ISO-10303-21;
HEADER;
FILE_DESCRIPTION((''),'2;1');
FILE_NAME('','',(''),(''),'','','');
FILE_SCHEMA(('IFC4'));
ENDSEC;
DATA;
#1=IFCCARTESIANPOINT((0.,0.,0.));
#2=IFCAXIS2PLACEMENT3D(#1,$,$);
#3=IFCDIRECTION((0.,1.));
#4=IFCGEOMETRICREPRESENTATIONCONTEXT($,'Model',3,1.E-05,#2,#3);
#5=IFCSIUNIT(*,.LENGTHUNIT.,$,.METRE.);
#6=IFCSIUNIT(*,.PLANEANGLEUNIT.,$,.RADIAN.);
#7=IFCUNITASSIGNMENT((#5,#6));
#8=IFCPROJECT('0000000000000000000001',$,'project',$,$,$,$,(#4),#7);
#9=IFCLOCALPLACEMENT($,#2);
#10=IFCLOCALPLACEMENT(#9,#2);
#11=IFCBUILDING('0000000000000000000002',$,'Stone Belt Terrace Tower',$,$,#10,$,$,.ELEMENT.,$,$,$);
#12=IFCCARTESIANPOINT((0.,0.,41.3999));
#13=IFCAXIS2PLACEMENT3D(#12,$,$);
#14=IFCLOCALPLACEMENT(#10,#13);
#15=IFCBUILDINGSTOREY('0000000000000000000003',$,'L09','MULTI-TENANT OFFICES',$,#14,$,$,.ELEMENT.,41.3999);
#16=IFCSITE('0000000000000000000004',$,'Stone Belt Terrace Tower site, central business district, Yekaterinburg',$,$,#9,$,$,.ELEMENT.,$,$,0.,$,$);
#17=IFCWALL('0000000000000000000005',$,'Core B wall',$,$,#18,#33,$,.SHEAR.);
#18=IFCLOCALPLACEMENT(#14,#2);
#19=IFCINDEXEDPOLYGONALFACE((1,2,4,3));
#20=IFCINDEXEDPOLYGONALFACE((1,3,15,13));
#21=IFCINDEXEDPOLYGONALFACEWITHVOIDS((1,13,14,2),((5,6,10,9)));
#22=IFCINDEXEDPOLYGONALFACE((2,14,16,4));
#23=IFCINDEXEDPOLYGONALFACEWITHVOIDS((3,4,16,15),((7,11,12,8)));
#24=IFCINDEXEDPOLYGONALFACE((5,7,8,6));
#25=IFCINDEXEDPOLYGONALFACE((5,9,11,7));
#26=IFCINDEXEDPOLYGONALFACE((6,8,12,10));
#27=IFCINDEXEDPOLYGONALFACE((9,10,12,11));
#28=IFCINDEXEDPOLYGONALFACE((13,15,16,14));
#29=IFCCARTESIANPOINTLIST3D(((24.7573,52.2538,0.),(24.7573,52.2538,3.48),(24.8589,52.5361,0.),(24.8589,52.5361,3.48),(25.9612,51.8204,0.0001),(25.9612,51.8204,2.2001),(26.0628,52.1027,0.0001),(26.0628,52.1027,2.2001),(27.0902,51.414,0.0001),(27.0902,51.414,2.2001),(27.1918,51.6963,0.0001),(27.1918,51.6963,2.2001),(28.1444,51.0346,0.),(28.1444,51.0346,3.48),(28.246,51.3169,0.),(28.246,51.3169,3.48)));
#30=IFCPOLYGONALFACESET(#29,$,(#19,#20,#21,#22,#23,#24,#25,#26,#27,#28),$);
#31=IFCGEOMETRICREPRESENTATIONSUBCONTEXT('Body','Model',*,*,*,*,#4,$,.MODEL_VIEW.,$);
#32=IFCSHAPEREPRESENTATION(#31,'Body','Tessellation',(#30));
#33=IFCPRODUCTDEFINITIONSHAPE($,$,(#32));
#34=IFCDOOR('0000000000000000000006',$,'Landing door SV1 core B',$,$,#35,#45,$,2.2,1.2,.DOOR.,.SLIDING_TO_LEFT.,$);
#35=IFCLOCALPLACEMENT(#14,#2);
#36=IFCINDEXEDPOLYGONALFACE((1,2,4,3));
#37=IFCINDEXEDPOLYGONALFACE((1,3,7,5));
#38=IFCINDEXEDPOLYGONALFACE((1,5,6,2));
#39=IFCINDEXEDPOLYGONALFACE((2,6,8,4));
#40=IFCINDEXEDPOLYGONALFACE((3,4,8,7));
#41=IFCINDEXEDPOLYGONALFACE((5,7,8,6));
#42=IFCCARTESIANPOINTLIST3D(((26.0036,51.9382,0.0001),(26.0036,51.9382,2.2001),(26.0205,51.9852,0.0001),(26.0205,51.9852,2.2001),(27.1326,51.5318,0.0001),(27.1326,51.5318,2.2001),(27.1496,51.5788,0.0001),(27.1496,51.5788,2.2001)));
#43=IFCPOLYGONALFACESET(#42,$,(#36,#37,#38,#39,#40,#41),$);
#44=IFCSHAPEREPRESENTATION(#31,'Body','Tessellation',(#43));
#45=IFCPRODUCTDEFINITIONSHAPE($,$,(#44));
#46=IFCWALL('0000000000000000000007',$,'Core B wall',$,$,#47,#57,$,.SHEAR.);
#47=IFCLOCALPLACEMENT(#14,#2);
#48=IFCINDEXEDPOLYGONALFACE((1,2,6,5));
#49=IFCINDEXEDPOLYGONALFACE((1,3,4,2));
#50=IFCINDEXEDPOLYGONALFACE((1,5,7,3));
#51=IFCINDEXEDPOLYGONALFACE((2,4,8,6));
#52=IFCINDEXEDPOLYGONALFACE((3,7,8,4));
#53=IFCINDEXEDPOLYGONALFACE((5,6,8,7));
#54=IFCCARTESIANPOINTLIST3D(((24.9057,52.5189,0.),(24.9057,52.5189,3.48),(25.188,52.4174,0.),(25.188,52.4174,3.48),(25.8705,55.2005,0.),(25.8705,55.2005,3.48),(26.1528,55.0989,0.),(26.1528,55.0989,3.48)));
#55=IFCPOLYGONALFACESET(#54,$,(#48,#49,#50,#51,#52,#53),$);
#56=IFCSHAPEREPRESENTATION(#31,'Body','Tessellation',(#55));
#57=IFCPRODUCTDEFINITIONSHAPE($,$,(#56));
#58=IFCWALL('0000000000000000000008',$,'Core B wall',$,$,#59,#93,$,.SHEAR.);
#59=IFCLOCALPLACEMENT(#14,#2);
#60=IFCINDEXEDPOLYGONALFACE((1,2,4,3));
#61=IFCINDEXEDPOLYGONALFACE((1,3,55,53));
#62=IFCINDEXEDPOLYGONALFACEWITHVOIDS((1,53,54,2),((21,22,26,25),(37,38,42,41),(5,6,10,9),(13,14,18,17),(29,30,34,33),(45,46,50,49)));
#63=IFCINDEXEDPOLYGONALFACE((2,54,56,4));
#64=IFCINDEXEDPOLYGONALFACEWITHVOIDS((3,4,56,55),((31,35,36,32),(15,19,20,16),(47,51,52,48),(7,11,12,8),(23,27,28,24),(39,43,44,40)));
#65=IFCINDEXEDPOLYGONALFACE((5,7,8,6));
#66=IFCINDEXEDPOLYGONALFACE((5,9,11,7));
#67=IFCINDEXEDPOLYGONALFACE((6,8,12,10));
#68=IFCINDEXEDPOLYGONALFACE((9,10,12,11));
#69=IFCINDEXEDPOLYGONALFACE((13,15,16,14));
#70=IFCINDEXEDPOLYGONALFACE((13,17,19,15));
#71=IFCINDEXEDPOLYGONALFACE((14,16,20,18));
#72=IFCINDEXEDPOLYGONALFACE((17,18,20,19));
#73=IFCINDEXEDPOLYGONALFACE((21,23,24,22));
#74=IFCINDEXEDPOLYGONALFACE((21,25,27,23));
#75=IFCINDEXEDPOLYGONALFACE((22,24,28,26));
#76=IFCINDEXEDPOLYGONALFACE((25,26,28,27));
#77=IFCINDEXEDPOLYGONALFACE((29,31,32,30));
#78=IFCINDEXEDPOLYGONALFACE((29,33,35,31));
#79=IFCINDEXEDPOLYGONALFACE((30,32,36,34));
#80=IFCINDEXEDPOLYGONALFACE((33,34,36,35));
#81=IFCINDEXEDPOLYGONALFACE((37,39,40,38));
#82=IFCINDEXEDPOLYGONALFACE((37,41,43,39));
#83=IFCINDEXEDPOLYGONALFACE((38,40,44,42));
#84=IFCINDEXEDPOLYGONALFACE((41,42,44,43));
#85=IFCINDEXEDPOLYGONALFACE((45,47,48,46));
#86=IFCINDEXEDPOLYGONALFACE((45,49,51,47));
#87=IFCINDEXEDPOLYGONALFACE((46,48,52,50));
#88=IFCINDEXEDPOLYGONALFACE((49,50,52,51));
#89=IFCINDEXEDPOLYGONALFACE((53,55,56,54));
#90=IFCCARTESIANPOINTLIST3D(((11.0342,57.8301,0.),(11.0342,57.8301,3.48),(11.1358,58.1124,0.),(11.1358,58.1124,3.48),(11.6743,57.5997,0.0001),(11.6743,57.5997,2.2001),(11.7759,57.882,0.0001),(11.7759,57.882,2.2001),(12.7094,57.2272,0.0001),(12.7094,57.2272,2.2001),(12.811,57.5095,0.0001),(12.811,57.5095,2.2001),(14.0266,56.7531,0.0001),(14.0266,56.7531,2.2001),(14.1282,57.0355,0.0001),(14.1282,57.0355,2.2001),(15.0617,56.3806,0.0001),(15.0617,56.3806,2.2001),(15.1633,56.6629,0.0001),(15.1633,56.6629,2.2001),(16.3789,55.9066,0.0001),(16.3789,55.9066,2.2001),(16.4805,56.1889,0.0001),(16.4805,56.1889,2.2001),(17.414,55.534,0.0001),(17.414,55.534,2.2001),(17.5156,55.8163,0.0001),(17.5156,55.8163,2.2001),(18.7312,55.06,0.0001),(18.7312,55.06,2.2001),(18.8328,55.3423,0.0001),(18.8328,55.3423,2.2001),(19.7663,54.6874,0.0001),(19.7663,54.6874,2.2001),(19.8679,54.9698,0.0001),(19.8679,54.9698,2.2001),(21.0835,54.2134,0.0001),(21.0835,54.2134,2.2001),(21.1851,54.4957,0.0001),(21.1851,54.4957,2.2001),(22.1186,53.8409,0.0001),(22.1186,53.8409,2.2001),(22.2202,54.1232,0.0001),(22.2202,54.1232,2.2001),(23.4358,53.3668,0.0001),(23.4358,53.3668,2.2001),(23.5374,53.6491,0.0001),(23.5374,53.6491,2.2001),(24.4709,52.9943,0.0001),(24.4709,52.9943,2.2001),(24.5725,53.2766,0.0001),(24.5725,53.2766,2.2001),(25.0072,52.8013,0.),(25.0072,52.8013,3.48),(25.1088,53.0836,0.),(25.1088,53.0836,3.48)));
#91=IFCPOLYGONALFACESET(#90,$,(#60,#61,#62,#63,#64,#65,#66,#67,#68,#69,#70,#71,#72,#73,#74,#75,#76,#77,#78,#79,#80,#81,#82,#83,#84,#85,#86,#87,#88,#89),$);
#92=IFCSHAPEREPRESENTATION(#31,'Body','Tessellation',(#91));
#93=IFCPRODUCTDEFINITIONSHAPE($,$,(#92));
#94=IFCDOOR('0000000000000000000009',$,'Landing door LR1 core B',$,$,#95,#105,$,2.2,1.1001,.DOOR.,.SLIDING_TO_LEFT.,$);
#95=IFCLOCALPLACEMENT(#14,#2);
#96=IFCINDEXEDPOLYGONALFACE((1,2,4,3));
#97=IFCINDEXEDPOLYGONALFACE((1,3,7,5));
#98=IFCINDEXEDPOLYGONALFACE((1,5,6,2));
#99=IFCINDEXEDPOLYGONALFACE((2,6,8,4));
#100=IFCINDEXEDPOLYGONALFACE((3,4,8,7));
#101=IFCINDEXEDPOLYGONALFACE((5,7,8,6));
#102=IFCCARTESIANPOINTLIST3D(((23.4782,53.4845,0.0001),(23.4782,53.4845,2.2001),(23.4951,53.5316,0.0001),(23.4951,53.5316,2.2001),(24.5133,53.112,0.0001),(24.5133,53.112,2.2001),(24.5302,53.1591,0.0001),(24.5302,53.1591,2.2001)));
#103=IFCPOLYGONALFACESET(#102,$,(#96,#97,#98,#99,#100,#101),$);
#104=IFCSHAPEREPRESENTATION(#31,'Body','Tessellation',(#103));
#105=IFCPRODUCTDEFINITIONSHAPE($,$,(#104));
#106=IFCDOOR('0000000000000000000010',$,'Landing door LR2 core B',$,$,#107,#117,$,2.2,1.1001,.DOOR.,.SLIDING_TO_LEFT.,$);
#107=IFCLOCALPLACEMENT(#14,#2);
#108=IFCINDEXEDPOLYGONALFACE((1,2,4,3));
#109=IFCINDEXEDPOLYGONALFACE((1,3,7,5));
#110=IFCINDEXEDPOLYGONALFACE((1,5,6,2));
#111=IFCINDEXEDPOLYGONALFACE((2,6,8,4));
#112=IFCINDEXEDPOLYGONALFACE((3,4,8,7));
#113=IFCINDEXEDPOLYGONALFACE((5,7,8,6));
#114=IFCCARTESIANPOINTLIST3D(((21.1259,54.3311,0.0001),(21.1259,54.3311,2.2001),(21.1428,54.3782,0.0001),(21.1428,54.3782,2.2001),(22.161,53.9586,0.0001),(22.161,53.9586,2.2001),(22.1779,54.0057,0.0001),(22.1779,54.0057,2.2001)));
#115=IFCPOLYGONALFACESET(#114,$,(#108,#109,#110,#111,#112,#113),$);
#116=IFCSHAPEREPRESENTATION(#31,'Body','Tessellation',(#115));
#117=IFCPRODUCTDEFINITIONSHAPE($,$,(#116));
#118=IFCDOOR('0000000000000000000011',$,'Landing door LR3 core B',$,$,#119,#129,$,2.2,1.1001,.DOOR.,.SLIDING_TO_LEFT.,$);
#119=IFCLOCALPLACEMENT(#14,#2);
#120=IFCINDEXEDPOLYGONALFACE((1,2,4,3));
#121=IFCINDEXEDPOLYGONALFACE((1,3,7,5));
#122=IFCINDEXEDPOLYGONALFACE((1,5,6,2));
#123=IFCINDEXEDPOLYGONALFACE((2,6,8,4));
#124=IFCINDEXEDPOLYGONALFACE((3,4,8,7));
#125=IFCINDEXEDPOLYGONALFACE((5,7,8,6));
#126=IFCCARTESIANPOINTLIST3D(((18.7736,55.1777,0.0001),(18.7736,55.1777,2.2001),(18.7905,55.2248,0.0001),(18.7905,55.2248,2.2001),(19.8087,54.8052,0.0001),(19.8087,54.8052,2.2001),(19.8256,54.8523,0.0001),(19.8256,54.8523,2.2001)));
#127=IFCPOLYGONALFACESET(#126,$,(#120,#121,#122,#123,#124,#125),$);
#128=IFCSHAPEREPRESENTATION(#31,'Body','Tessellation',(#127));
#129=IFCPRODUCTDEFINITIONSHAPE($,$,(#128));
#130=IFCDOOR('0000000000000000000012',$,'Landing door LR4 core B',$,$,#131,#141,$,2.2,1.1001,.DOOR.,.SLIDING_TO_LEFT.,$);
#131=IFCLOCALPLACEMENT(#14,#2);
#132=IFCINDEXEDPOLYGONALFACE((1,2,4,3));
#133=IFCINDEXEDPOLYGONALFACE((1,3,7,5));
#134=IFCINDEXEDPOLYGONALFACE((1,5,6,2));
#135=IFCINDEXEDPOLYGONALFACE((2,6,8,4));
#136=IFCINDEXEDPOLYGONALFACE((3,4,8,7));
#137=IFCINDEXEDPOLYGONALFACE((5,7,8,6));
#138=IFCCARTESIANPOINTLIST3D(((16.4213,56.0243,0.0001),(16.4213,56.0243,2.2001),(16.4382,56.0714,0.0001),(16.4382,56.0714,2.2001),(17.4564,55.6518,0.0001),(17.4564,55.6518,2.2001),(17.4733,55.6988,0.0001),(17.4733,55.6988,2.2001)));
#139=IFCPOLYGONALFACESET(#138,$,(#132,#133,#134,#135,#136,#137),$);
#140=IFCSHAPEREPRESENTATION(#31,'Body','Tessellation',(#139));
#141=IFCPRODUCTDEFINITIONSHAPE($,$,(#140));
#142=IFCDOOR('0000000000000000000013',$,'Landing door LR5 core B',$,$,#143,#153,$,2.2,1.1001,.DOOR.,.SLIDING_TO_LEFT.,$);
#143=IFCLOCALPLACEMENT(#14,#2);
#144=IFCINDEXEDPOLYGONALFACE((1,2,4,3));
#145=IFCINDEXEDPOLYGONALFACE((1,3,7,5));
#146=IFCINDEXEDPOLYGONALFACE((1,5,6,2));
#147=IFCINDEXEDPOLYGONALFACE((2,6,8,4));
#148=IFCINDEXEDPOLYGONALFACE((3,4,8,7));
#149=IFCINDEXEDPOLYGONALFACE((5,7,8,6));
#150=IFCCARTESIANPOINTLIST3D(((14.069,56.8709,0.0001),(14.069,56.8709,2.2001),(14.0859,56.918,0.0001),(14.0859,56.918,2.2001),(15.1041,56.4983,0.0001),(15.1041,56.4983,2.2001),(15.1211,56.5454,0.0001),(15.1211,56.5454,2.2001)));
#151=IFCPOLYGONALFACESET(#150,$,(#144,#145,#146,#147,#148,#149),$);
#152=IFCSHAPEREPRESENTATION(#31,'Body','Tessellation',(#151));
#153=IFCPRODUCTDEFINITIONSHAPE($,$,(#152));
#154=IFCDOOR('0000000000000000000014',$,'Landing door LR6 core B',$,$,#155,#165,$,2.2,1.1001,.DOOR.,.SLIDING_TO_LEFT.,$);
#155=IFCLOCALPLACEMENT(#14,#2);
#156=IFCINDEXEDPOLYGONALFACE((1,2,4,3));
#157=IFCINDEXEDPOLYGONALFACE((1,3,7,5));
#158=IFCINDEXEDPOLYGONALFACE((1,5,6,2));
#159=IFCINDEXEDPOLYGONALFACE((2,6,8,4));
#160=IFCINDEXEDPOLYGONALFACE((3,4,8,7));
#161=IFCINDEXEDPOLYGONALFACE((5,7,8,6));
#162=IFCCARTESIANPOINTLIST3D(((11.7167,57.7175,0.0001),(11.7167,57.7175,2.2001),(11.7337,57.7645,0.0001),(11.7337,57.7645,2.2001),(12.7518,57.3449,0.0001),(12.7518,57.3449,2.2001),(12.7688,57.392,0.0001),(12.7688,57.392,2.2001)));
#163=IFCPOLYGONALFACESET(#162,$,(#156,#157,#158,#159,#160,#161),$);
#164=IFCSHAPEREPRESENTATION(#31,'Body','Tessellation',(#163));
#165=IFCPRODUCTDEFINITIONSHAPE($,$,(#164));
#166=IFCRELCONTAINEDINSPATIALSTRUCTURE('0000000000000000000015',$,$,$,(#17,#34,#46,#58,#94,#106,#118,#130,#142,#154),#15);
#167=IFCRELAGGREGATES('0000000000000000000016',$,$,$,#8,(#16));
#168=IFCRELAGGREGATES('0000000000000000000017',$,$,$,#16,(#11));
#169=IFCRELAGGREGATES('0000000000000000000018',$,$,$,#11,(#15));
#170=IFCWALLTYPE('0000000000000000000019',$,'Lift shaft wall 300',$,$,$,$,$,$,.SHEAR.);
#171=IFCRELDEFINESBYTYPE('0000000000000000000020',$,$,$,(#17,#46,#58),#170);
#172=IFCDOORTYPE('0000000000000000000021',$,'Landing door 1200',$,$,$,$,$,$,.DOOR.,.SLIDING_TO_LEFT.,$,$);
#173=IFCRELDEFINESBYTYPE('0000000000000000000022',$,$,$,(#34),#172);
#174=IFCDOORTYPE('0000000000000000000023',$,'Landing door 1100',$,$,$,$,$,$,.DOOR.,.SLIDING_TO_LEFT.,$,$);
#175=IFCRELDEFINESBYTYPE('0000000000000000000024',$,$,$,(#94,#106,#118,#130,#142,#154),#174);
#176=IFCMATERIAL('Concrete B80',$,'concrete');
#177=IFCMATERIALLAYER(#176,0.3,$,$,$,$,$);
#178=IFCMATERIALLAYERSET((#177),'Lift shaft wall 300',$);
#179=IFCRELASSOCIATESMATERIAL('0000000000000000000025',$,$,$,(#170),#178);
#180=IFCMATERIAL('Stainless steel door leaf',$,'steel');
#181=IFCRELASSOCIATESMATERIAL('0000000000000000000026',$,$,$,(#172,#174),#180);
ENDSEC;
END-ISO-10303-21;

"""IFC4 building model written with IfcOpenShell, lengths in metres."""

from ifc_helpers import new_model, si_unit, direction, frame, frame_2d, origin, place, context, subcontext, project, spatial, rectangle, extrude, material, layer, layer_set, type_object, element, fill, save


model = new_model("IFC4")

# Units and contexts
model_context = context("Model", 3, precision=1e-05, world=origin(), true_north=direction((0.0, 1.0)))
body_context = subcontext(model_context, "Body", "Model", "MODEL_VIEW")
ifc_project = project(units=[si_unit("LENGTHUNIT", "METRE"), si_unit("PLANEANGLEUNIT", "RADIAN")], contexts=[model_context])

# Site, building, storey
site_placement = place(None, origin())
site = spatial("IfcSite", under=ifc_project, at=site_placement, Name="Stone Belt Terrace Tower site, central business district, Yekaterinburg", CompositionType="ELEMENT", RefElevation=0.0)
building_placement = place(site_placement, origin())
building = spatial("IfcBuilding", under=site, at=building_placement, Name="Stone Belt Terrace Tower", CompositionType="ELEMENT")
storey_placement = place(building_placement, frame((0.0, 0.0, 41.3999)))
storey = spatial("IfcBuildingStorey", under=building, at=storey_placement, Name="L09", Description="MULTI-TENANT OFFICES", CompositionType="ELEMENT", Elevation=41.3999)

# Shared definitions
ifc_material_1 = material(Name="Concrete B80", Category="concrete")

# Wall, opening, door
ifc_layer_1 = layer(ifc_material_1, 0.3)
ifc_layer_set_1 = layer_set([ifc_layer_1], Name="Lift shaft wall 300")
wall_type_1 = type_object("IfcWallType", Name="Lift shaft wall 300", PredefinedType="SHEAR", material=ifc_layer_set_1)
wall_1_placement = place(storey_placement, frame((28.1951, 51.1758, 0.0), z_axis=(0.0, 0.0, 1.0), x_axis=(-0.940901, 0.338681, 0.0)))
wall_1 = element("IfcWall", 1, at=wall_1_placement, inside=storey, type_object=wall_type_1, Name="Core B wall", PredefinedType="SHEAR", context=body_context, shape_type="SweptSolid", body=[
    extrude(rectangle(XDim=3.5999, YDim=0.3, at=frame_2d((1.7998, 0.0))), origin(), (0.0, 0.0, 1.0), 3.48),
])
opening_1_placement = place(wall_1_placement, frame((1.1201, 0.0, 0.0)))
opening_1 = element("IfcOpeningElement", 2, at=opening_1_placement, cuts=wall_1, PredefinedType="OPENING", context=body_context, shape_type="SweptSolid", body=[
    extrude(rectangle(XDim=1.2, YDim=2.2, at=frame_2d((0.6001, 1.1001))), frame((0.0, 0.1599, 0.0), z_axis=(0.0, -1.0, 0.0), x_axis=(1.0, 0.0, 0.0)), (0.0, 0.0, 1.0), 0.3201),
])
ifc_material_2 = material(Name="Stainless steel door leaf", Category="steel")
door_type_1 = type_object("IfcDoorType", Name="Landing door 1200", OperationType="SLIDING_TO_LEFT", PredefinedType="DOOR", material=ifc_material_2)
door_1_placement = place(opening_1_placement, origin())
door_1 = element("IfcDoor", 3, at=door_1_placement, inside=storey, type_object=door_type_1, Name="Landing door SV1 core B", OperationType="SLIDING_TO_LEFT", OverallHeight=2.2, OverallWidth=1.2, PredefinedType="DOOR", context=body_context, shape_type="SweptSolid", body=[
    extrude(rectangle(XDim=1.2, YDim=2.2, at=frame_2d((0.6001, 1.1001))), frame((0.0, 0.0249, 0.0), z_axis=(0.0, -1.0, 0.0), x_axis=(1.0, 0.0, 0.0)), (0.0, 0.0, 1.0), 0.05),
])
fill(opening_1, door_1)

# Wall
wall_2_placement = place(storey_placement, frame((25.0469, 52.4683, 0.0), z_axis=(0.0, 0.0, 1.0), x_axis=(0.33855, 0.940949, 0.0)))
element("IfcWall", 4, at=wall_2_placement, inside=storey, type_object=wall_type_1, Name="Core B wall", PredefinedType="SHEAR", context=body_context, shape_type="SweptSolid", body=[
    extrude(rectangle(XDim=2.8499, YDim=0.3, at=frame_2d((1.4248, 0.0))), origin(), (0.0, 0.0, 1.0), 3.48),
])

# Wall, openings, doors
wall_3_placement = place(storey_placement, frame((25.0581, 52.9424, 0.0), z_axis=(0.0, 0.0, 1.0), x_axis=(-0.940918, 0.338634, 0.0)))
wall_3 = element("IfcWall", 5, at=wall_3_placement, inside=storey, type_object=wall_type_1, Name="Core B wall", PredefinedType="SHEAR", context=body_context, shape_type="SweptSolid", body=[
    extrude(rectangle(XDim=14.8503, YDim=0.3, at=frame_2d((7.4253, 0.0))), origin(), (0.0, 0.0, 1.0), 3.48),
])
opening_2_placement = place(wall_3_placement, frame((0.5701, 0.0, 0.0)))
opening_2 = element("IfcOpeningElement", 6, at=opening_2_placement, cuts=wall_3, PredefinedType="OPENING", context=body_context, shape_type="SweptSolid", body=[
    extrude(rectangle(XDim=1.1001, YDim=2.2, at=frame_2d((0.55, 1.1001))), frame((0.0, 0.1599, 0.0), z_axis=(0.0, -1.0, 0.0), x_axis=(1.0, 0.0, 0.0)), (0.0, 0.0, 1.0), 0.3201),
])
opening_3_placement = place(wall_3_placement, frame((3.0701, 0.0, 0.0)))
opening_3 = element("IfcOpeningElement", 7, at=opening_3_placement, cuts=wall_3, PredefinedType="OPENING", context=body_context, shape_type="SweptSolid", body=[
    extrude(rectangle(XDim=1.1001, YDim=2.2, at=frame_2d((0.55, 1.1001))), frame((0.0, 0.1599, 0.0), z_axis=(0.0, -1.0, 0.0), x_axis=(1.0, 0.0, 0.0)), (0.0, 0.0, 1.0), 0.3201),
])
opening_4_placement = place(wall_3_placement, frame((5.5701, 0.0, 0.0)))
opening_4 = element("IfcOpeningElement", 8, at=opening_4_placement, cuts=wall_3, PredefinedType="OPENING", context=body_context, shape_type="SweptSolid", body=[
    extrude(rectangle(XDim=1.1001, YDim=2.2, at=frame_2d((0.55, 1.1001))), frame((0.0, 0.1599, 0.0), z_axis=(0.0, -1.0, 0.0), x_axis=(1.0, 0.0, 0.0)), (0.0, 0.0, 1.0), 0.3201),
])
opening_5_placement = place(wall_3_placement, frame((8.0701, 0.0, 0.0)))
opening_5 = element("IfcOpeningElement", 9, at=opening_5_placement, cuts=wall_3, PredefinedType="OPENING", context=body_context, shape_type="SweptSolid", body=[
    extrude(rectangle(XDim=1.1001, YDim=2.2, at=frame_2d((0.55, 1.1001))), frame((0.0, 0.1599, 0.0), z_axis=(0.0, -1.0, 0.0), x_axis=(1.0, 0.0, 0.0)), (0.0, 0.0, 1.0), 0.3201),
])
opening_6_placement = place(wall_3_placement, frame((10.5701, 0.0, 0.0)))
opening_6 = element("IfcOpeningElement", 10, at=opening_6_placement, cuts=wall_3, PredefinedType="OPENING", context=body_context, shape_type="SweptSolid", body=[
    extrude(rectangle(XDim=1.1001, YDim=2.2, at=frame_2d((0.55, 1.1001))), frame((0.0, 0.1599, 0.0), z_axis=(0.0, -1.0, 0.0), x_axis=(1.0, 0.0, 0.0)), (0.0, 0.0, 1.0), 0.3201),
])
opening_7_placement = place(wall_3_placement, frame((13.0701, 0.0, 0.0)))
opening_7 = element("IfcOpeningElement", 11, at=opening_7_placement, cuts=wall_3, PredefinedType="OPENING", context=body_context, shape_type="SweptSolid", body=[
    extrude(rectangle(XDim=1.1001, YDim=2.2, at=frame_2d((0.55, 1.1001))), frame((0.0, 0.1599, 0.0), z_axis=(0.0, -1.0, 0.0), x_axis=(1.0, 0.0, 0.0)), (0.0, 0.0, 1.0), 0.3201),
])
door_type_2 = type_object("IfcDoorType", Name="Landing door 1100", OperationType="SLIDING_TO_LEFT", PredefinedType="DOOR", material=ifc_material_2)
door_2_placement = place(opening_2_placement, origin())
door_2 = element("IfcDoor", 12, at=door_2_placement, inside=storey, type_object=door_type_2, Name="Landing door LR1 core B", OperationType="SLIDING_TO_LEFT", OverallHeight=2.2, OverallWidth=1.1001, PredefinedType="DOOR", context=body_context, shape_type="SweptSolid", body=[
    extrude(rectangle(XDim=1.1001, YDim=2.2, at=frame_2d((0.55, 1.1001))), frame((0.0, 0.0249, 0.0), z_axis=(0.0, -1.0, 0.0), x_axis=(1.0, 0.0, 0.0)), (0.0, 0.0, 1.0), 0.05),
])
fill(opening_2, door_2)
door_3_placement = place(opening_3_placement, origin())
door_3 = element("IfcDoor", 13, at=door_3_placement, inside=storey, type_object=door_type_2, Name="Landing door LR2 core B", OperationType="SLIDING_TO_LEFT", OverallHeight=2.2, OverallWidth=1.1001, PredefinedType="DOOR", context=body_context, shape_type="SweptSolid", body=[
    extrude(rectangle(XDim=1.1001, YDim=2.2, at=frame_2d((0.55, 1.1001))), frame((0.0, 0.0249, 0.0), z_axis=(0.0, -1.0, 0.0), x_axis=(1.0, 0.0, 0.0)), (0.0, 0.0, 1.0), 0.05),
])
fill(opening_3, door_3)
door_4_placement = place(opening_4_placement, origin())
door_4 = element("IfcDoor", 14, at=door_4_placement, inside=storey, type_object=door_type_2, Name="Landing door LR3 core B", OperationType="SLIDING_TO_LEFT", OverallHeight=2.2, OverallWidth=1.1001, PredefinedType="DOOR", context=body_context, shape_type="SweptSolid", body=[
    extrude(rectangle(XDim=1.1001, YDim=2.2, at=frame_2d((0.55, 1.1001))), frame((0.0, 0.0249, 0.0), z_axis=(0.0, -1.0, 0.0), x_axis=(1.0, 0.0, 0.0)), (0.0, 0.0, 1.0), 0.05),
])
fill(opening_4, door_4)
door_5_placement = place(opening_5_placement, origin())
door_5 = element("IfcDoor", 15, at=door_5_placement, inside=storey, type_object=door_type_2, Name="Landing door LR4 core B", OperationType="SLIDING_TO_LEFT", OverallHeight=2.2, OverallWidth=1.1001, PredefinedType="DOOR", context=body_context, shape_type="SweptSolid", body=[
    extrude(rectangle(XDim=1.1001, YDim=2.2, at=frame_2d((0.55, 1.1001))), frame((0.0, 0.0249, 0.0), z_axis=(0.0, -1.0, 0.0), x_axis=(1.0, 0.0, 0.0)), (0.0, 0.0, 1.0), 0.05),
])
fill(opening_5, door_5)
door_6_placement = place(opening_6_placement, origin())
door_6 = element("IfcDoor", 16, at=door_6_placement, inside=storey, type_object=door_type_2, Name="Landing door LR5 core B", OperationType="SLIDING_TO_LEFT", OverallHeight=2.2, OverallWidth=1.1001, PredefinedType="DOOR", context=body_context, shape_type="SweptSolid", body=[
    extrude(rectangle(XDim=1.1001, YDim=2.2, at=frame_2d((0.55, 1.1001))), frame((0.0, 0.0249, 0.0), z_axis=(0.0, -1.0, 0.0), x_axis=(1.0, 0.0, 0.0)), (0.0, 0.0, 1.0), 0.05),
])
fill(opening_6, door_6)
door_7_placement = place(opening_7_placement, origin())
door_7 = element("IfcDoor", 17, at=door_7_placement, inside=storey, type_object=door_type_2, Name="Landing door LR6 core B", OperationType="SLIDING_TO_LEFT", OverallHeight=2.2, OverallWidth=1.1001, PredefinedType="DOOR", context=body_context, shape_type="SweptSolid", body=[
    extrude(rectangle(XDim=1.1001, YDim=2.2, at=frame_2d((0.55, 1.1001))), frame((0.0, 0.0249, 0.0), z_axis=(0.0, -1.0, 0.0), x_axis=(1.0, 0.0, 0.0)), (0.0, 0.0, 1.0), 0.05),
])
fill(opening_7, door_7)

save(model, "model.ifc")
